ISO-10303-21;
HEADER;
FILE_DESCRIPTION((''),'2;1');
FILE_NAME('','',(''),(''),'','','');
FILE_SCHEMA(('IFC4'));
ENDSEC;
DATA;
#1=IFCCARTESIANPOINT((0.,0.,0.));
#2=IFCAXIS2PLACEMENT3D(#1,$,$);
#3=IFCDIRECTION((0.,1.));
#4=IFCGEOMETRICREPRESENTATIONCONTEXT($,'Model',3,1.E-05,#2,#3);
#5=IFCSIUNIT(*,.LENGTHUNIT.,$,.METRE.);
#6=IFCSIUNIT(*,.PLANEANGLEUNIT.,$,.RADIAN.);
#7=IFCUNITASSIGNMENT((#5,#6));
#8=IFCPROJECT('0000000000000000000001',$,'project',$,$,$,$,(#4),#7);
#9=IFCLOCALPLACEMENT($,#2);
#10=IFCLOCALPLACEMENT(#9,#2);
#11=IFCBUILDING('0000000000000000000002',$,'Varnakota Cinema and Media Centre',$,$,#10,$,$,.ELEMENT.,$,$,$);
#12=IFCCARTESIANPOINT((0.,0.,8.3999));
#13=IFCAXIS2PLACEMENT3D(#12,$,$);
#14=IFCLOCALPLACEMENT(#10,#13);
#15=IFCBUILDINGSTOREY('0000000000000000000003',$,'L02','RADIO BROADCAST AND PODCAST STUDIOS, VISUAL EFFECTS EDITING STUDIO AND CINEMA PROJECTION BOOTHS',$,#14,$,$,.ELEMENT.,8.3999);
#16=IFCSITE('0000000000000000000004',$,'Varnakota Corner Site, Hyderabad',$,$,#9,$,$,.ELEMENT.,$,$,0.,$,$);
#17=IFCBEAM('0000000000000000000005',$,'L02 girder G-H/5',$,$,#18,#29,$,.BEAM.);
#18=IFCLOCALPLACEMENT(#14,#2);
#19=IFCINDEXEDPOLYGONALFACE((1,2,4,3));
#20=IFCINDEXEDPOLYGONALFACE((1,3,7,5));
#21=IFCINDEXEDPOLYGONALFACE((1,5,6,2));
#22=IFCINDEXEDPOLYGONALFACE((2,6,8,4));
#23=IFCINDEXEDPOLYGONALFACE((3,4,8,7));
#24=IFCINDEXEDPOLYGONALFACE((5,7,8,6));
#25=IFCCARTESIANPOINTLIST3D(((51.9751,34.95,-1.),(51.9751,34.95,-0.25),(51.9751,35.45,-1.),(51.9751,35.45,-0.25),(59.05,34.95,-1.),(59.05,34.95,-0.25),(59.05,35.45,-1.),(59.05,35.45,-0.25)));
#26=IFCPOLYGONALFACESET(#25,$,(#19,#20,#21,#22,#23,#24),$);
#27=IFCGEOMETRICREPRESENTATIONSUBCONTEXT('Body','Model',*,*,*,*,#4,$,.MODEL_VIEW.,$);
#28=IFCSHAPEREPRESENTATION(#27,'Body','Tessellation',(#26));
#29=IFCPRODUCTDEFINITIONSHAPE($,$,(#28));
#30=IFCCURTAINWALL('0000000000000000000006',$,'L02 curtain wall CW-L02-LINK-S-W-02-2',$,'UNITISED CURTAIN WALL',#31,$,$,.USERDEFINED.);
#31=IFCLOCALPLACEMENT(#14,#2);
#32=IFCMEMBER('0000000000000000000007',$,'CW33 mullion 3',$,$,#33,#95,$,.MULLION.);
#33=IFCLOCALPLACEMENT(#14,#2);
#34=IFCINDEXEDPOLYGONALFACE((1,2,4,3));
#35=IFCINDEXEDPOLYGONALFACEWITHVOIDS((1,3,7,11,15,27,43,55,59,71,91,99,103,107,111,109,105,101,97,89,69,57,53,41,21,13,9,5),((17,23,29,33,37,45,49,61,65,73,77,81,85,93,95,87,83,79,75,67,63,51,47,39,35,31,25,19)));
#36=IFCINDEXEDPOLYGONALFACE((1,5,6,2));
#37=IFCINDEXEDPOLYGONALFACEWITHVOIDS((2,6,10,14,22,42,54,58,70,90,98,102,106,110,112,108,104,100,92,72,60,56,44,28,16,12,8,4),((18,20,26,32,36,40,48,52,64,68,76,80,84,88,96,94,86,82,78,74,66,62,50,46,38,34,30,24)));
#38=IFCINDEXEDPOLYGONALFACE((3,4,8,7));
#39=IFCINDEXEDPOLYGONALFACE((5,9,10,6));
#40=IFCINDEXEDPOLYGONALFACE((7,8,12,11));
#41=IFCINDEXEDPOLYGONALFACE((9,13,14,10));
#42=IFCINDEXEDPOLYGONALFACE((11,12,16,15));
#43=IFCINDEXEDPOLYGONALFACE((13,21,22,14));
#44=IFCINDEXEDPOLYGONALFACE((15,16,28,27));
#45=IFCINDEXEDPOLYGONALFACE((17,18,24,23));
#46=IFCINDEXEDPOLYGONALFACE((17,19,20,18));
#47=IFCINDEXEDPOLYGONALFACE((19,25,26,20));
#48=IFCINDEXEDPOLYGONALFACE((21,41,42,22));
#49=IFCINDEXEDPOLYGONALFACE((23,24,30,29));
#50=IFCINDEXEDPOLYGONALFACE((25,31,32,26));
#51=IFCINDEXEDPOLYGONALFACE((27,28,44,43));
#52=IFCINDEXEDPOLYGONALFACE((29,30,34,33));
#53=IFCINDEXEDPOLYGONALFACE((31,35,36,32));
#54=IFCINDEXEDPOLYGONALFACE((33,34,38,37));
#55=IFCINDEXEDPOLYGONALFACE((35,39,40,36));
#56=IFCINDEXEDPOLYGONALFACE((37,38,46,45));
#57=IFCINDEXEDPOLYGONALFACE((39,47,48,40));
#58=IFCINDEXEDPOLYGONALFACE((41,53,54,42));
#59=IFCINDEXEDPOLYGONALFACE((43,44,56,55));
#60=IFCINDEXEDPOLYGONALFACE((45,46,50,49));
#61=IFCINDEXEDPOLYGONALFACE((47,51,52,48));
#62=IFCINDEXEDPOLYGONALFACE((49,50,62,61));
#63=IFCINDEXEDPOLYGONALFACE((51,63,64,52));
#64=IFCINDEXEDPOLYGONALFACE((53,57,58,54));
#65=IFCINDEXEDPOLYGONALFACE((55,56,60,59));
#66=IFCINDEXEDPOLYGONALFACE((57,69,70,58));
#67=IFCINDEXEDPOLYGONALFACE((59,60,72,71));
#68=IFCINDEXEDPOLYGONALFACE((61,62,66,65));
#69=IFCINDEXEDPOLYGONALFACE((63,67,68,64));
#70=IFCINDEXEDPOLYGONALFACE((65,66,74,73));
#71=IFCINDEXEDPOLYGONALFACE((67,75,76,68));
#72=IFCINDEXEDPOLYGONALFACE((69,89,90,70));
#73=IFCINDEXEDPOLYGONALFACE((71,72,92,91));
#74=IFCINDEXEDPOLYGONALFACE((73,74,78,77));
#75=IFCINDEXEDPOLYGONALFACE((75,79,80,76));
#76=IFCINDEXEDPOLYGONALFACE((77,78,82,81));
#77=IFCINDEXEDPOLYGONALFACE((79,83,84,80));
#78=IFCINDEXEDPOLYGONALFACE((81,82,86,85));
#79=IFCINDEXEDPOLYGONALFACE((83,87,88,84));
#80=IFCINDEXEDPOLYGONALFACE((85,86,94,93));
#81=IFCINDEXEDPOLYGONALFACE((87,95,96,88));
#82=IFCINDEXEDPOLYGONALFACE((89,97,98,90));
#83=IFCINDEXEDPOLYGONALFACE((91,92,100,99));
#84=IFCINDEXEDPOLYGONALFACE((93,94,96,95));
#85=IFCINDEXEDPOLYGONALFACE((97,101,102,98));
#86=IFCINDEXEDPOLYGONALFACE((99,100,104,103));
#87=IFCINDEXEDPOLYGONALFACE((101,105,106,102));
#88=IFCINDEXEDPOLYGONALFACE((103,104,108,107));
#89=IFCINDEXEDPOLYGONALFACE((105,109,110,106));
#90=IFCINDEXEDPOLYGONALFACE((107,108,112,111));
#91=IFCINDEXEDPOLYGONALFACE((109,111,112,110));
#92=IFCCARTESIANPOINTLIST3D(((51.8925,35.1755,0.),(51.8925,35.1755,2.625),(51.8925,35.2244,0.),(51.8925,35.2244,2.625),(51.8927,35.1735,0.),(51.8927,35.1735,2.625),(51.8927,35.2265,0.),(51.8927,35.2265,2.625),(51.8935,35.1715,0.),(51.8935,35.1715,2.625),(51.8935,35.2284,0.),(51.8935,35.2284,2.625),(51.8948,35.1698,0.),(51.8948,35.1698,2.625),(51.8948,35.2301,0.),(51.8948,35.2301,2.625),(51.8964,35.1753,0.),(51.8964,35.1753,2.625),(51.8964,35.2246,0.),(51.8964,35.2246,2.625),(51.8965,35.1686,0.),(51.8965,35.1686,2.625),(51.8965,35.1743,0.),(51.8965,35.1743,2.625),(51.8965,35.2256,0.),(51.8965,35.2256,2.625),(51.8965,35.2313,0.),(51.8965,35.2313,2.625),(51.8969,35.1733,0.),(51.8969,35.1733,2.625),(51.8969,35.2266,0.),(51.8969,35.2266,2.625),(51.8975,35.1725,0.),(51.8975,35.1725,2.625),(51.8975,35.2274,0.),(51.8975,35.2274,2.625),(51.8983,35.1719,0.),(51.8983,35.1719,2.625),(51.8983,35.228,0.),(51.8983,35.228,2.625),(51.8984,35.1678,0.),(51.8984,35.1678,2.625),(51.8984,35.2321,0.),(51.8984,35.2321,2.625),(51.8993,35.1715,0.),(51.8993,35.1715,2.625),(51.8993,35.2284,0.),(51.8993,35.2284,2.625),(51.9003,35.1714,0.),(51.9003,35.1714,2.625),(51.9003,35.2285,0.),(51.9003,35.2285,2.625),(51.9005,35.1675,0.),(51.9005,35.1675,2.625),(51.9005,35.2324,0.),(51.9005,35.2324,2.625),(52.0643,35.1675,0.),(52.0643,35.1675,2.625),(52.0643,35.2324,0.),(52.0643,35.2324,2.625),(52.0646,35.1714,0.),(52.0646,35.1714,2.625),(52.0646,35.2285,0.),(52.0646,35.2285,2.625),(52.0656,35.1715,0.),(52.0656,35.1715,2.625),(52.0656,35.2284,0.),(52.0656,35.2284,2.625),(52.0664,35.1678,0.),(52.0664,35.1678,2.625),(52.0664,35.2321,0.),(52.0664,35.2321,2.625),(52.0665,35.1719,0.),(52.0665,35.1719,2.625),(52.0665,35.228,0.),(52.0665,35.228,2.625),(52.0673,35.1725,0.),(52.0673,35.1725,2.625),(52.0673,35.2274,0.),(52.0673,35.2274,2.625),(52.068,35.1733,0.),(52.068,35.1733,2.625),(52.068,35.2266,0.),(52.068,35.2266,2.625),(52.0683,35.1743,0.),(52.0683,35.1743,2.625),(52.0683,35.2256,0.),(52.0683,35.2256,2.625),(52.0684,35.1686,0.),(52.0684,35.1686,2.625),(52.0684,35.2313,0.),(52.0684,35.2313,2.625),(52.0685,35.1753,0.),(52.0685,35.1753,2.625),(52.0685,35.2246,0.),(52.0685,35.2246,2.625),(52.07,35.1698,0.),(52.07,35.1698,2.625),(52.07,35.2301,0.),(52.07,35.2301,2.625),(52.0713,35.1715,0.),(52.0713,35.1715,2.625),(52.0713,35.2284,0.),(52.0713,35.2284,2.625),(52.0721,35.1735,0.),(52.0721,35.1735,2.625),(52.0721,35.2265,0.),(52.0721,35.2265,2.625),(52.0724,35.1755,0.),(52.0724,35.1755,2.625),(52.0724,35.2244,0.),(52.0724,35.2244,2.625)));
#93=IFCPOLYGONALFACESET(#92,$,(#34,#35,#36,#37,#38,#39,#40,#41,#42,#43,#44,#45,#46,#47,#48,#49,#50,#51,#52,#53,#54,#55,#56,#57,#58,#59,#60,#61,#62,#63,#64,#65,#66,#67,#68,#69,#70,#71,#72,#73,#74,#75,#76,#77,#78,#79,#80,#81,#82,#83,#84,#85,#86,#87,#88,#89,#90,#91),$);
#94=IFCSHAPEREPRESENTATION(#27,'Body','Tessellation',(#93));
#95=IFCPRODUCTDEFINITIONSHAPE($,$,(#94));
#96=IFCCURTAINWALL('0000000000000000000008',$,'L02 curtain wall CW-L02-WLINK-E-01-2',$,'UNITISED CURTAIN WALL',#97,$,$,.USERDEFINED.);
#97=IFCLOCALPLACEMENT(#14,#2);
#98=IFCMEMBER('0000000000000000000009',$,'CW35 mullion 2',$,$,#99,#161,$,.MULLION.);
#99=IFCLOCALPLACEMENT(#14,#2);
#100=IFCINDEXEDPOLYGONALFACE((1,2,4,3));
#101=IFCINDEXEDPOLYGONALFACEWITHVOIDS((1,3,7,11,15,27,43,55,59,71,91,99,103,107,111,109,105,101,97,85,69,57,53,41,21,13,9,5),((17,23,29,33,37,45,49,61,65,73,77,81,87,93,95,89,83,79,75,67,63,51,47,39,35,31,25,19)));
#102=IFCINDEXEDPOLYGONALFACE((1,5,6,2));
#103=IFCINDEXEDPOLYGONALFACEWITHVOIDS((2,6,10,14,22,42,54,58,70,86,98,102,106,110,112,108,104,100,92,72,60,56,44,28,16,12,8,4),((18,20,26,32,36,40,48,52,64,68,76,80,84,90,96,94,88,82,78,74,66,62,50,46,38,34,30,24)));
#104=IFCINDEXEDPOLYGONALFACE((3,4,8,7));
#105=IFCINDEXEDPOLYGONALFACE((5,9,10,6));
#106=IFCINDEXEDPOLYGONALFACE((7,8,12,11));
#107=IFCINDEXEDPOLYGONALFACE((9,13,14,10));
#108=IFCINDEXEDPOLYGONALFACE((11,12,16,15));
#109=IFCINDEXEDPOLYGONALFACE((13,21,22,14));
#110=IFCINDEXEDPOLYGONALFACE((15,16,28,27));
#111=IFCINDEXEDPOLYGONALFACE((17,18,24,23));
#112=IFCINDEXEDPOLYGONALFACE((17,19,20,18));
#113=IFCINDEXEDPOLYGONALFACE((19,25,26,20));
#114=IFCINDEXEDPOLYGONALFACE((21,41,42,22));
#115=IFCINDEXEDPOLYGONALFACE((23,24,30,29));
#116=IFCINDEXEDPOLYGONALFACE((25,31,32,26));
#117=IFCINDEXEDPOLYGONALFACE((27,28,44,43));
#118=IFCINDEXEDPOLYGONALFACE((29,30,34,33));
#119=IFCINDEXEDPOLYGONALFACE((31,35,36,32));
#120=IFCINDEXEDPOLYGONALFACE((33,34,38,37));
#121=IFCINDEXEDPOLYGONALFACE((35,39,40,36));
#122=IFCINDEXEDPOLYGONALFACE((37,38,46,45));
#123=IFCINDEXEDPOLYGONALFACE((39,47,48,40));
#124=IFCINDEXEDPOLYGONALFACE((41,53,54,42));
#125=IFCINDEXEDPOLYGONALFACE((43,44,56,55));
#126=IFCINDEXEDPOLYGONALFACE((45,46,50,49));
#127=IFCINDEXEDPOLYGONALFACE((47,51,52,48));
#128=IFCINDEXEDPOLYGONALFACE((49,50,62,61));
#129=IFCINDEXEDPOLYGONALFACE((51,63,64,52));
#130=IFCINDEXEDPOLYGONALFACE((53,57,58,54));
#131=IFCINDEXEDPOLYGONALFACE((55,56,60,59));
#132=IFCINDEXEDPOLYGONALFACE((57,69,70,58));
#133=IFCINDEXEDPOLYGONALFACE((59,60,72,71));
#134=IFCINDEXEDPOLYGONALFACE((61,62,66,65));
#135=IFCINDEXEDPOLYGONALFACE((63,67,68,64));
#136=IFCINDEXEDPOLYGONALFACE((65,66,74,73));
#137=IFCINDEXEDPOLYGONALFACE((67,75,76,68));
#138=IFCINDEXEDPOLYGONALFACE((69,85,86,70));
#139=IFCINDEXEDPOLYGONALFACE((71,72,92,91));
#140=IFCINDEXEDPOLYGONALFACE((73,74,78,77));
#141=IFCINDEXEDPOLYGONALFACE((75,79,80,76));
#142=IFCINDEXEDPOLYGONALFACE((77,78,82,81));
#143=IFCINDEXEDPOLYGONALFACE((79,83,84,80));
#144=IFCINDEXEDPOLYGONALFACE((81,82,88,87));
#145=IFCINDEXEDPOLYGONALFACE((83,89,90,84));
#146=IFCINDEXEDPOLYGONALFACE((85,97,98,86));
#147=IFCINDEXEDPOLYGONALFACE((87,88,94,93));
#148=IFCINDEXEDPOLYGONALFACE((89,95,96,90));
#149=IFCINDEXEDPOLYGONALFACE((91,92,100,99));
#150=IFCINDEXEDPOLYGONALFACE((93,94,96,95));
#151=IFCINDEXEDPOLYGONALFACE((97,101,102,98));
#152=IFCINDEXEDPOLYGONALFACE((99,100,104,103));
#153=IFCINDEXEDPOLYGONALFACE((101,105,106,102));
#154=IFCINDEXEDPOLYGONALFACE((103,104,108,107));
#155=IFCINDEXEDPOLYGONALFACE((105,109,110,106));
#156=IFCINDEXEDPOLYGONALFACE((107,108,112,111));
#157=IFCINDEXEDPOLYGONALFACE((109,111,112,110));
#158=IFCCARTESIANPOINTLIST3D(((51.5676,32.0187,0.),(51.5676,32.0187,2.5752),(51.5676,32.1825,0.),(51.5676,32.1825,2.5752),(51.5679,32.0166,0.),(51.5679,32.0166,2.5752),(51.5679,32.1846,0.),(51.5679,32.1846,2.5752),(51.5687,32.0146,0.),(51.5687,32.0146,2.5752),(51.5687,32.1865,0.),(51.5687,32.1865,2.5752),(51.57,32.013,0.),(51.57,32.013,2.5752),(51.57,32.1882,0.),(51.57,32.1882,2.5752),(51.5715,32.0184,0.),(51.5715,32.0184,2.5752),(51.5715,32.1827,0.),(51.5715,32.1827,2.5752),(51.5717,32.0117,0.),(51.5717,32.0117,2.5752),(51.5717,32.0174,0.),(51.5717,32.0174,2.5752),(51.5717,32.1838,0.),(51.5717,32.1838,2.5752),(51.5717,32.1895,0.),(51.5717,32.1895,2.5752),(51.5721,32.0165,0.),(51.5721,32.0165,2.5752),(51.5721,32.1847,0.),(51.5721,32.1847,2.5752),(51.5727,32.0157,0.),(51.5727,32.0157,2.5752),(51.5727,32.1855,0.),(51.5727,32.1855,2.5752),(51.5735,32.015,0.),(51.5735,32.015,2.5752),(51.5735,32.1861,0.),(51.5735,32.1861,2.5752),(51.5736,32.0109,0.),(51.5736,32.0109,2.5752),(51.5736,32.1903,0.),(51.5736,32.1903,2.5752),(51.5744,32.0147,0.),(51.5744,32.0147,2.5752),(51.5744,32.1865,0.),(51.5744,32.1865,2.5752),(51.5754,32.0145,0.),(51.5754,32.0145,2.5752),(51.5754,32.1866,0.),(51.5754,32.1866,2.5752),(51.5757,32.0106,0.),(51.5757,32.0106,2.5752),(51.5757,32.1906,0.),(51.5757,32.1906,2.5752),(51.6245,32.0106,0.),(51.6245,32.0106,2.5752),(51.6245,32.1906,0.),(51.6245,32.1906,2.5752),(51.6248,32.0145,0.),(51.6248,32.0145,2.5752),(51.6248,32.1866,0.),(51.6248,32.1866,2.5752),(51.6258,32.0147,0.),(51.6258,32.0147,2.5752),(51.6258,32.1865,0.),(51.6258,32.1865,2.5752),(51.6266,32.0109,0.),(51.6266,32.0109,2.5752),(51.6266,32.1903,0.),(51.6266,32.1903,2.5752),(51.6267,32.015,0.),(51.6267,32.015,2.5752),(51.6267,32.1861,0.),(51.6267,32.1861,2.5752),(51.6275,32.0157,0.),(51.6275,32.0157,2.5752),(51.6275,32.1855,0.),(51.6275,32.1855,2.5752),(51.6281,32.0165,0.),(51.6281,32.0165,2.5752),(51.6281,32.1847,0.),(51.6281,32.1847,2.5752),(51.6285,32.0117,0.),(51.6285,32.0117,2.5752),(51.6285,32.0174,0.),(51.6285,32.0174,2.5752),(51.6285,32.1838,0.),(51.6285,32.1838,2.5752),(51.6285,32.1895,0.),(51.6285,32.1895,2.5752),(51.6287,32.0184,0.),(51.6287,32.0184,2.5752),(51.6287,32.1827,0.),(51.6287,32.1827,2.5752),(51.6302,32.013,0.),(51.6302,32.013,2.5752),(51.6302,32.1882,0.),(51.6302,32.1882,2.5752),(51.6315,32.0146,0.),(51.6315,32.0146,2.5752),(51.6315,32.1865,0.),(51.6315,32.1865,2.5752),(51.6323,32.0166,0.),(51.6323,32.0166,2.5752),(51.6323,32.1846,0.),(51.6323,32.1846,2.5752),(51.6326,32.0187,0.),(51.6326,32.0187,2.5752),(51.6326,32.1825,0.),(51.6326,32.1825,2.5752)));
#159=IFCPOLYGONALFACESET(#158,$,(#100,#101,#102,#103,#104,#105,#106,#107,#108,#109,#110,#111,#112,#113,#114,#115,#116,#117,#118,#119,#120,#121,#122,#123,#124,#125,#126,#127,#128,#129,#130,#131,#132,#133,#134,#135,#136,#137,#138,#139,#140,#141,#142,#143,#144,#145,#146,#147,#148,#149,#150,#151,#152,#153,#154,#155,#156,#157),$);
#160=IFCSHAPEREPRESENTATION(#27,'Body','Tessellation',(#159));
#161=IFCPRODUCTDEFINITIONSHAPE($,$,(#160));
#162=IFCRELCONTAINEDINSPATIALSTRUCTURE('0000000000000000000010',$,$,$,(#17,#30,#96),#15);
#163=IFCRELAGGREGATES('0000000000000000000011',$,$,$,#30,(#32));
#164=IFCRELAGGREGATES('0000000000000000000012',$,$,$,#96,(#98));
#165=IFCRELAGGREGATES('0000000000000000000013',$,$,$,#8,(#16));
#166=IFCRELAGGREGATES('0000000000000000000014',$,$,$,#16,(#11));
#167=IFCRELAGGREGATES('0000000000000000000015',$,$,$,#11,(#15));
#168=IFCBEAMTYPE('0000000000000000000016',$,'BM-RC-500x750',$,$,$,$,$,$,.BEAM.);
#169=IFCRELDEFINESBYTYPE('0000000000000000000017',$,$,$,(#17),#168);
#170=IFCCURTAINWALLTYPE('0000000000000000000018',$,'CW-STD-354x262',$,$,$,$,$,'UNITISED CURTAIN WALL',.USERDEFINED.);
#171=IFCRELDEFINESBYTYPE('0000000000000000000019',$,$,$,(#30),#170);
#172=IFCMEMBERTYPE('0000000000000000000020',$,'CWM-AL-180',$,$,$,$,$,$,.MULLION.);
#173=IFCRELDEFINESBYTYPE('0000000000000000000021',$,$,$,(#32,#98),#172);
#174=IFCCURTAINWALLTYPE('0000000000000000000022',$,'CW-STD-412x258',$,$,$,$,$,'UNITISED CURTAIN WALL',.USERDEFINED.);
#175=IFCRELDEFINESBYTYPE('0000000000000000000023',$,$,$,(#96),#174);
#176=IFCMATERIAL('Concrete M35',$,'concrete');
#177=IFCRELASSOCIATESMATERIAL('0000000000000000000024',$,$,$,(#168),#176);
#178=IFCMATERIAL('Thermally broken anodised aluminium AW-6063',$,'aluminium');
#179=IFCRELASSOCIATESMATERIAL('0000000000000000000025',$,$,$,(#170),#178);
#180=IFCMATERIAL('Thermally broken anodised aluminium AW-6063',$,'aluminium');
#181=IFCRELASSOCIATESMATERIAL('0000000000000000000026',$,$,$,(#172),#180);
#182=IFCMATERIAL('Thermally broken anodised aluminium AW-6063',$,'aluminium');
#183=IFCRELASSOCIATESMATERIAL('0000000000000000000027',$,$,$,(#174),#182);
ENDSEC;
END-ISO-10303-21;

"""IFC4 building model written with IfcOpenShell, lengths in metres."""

from ifc_helpers import new_model, si_unit, direction, frame, origin, origin_2d, place, context, subcontext, project, spatial, rectangle, hollow_rectangle, extrude, material, material_profile, profile_set, type_object, element, aggregate, save


model = new_model("IFC4")

# Units and contexts
model_context = context("Model", 3, precision=1e-05, world=origin(), true_north=direction((0.0, 1.0)))
body_context = subcontext(model_context, "Body", "Model", "MODEL_VIEW")
ifc_project = project(units=[si_unit("LENGTHUNIT", "METRE"), si_unit("PLANEANGLEUNIT", "RADIAN")], contexts=[model_context])

# Site, building, storey
site_placement = place(None, origin())
site = spatial("IfcSite", under=ifc_project, at=site_placement, Name="Varnakota Corner Site, Hyderabad", CompositionType="ELEMENT", RefElevation=0.0)
building_placement = place(site_placement, origin())
building = spatial("IfcBuilding", under=site, at=building_placement, Name="Varnakota Cinema and Media Centre", CompositionType="ELEMENT")
storey_placement = place(building_placement, frame((0.0, 0.0, 8.3999)))
storey = spatial("IfcBuildingStorey", under=building, at=storey_placement, Name="L02", Description="RADIO BROADCAST AND PODCAST STUDIOS, VISUAL EFFECTS EDITING STUDIO AND CINEMA PROJECTION BOOTHS", CompositionType="ELEMENT", Elevation=8.3999)

# Beam
ifc_material_1 = material(Name="Concrete M35", Category="concrete")
ifc_material_profile_1 = material_profile(ifc_material_1, rectangle(XDim=0.5, YDim=0.75, at=origin_2d()), Name="RCB 500x750")
ifc_profile_set_1 = profile_set([ifc_material_profile_1], Name="Concrete M35")
beam_type = type_object("IfcBeamType", Name="BM-RC-500x750", PredefinedType="BEAM", material=ifc_profile_set_1)
beam_placement = place(storey_placement, frame((51.9751, 35.2, -0.625), z_axis=(1.0, 0.0, 0.0), x_axis=(0.0, 1.0, 0.0)))
element("IfcBeam", 1, at=beam_placement, inside=storey, type_object=beam_type, Name="L02 girder G-H/5", PredefinedType="BEAM", context=body_context, shape_type="SweptSolid", body=[
    extrude(rectangle(XDim=0.5, YDim=0.75, at=origin_2d()), origin(), (0.0, 0.0, 1.0), 7.075),
])

# Curtain wall, member
ifc_material_2 = material(Name="Thermally broken anodised aluminium AW-6063", Category="aluminium")
curtain_wall_type_1 = type_object("IfcCurtainWallType", Name="CW-STD-354x262", ElementType="UNITISED CURTAIN WALL", PredefinedType="USERDEFINED", material=ifc_material_2)
curtain_wall_1_placement = place(storey_placement, origin())
curtain_wall_1 = element("IfcCurtainWall", 2, at=curtain_wall_1_placement, inside=storey, type_object=curtain_wall_type_1, Name="L02 curtain wall CW-L02-LINK-S-W-02-2", ObjectType="UNITISED CURTAIN WALL", PredefinedType="USERDEFINED")
ifc_material_3 = material(Name="Thermally broken anodised aluminium AW-6063", Category="aluminium")
ifc_material_profile_2 = material_profile(ifc_material_3, hollow_rectangle(XDim=0.0649, YDim=0.1799, WallThickness=0.0039, InnerFilletRadius=0.0039, OuterFilletRadius=0.0081, at=origin_2d()), Name="AL-MULLION 180x65x4")
ifc_profile_set_2 = profile_set([ifc_material_profile_2], Name="Thermally broken anodised aluminium AW-6063")
member_type_1 = type_object("IfcMemberType", Name="CWM-AL-180", PredefinedType="MULLION", material=ifc_profile_set_2)
member_1_placement = place(storey_placement, frame((51.9824, 35.2, 0.0), z_axis=(0.0, 0.0, 1.0), x_axis=(0.0, -1.0, 0.0)))
member_1 = element("IfcMember", 3, at=member_1_placement, type_object=member_type_1, Name="CW33 mullion 3", PredefinedType="MULLION", context=body_context, shape_type="SweptSolid", body=[
    extrude(hollow_rectangle(XDim=0.0649, YDim=0.1799, WallThickness=0.0039, InnerFilletRadius=0.0039, OuterFilletRadius=0.0081, at=origin_2d()), origin(), (0.0, 0.0, 1.0), 2.625),
])

# Curtain wall, member
ifc_material_4 = material(Name="Thermally broken anodised aluminium AW-6063", Category="aluminium")
curtain_wall_type_2 = type_object("IfcCurtainWallType", Name="CW-STD-412x258", ElementType="UNITISED CURTAIN WALL", PredefinedType="USERDEFINED", material=ifc_material_4)
curtain_wall_2_placement = place(storey_placement, origin())
curtain_wall_2 = element("IfcCurtainWall", 4, at=curtain_wall_2_placement, inside=storey, type_object=curtain_wall_type_2, Name="L02 curtain wall CW-L02-WLINK-E-01-2", ObjectType="UNITISED CURTAIN WALL", PredefinedType="USERDEFINED")
member_2_placement = place(storey_placement, frame((51.6001, 32.1006, 0.0), z_axis=(0.0, 0.0, 1.0), x_axis=(-1.0, 0.0, 0.0)))
member_2 = element("IfcMember", 5, at=member_2_placement, type_object=member_type_1, Name="CW35 mullion 2", PredefinedType="MULLION", context=body_context, shape_type="SweptSolid", body=[
    extrude(hollow_rectangle(XDim=0.0649, YDim=0.1799, WallThickness=0.0039, InnerFilletRadius=0.0039, OuterFilletRadius=0.0081, at=origin_2d()), origin(), (0.0, 0.0, 1.0), 2.5752),
])

aggregate(curtain_wall_1, [member_1])
aggregate(curtain_wall_2, [member_2])

save(model, "model.ifc")
